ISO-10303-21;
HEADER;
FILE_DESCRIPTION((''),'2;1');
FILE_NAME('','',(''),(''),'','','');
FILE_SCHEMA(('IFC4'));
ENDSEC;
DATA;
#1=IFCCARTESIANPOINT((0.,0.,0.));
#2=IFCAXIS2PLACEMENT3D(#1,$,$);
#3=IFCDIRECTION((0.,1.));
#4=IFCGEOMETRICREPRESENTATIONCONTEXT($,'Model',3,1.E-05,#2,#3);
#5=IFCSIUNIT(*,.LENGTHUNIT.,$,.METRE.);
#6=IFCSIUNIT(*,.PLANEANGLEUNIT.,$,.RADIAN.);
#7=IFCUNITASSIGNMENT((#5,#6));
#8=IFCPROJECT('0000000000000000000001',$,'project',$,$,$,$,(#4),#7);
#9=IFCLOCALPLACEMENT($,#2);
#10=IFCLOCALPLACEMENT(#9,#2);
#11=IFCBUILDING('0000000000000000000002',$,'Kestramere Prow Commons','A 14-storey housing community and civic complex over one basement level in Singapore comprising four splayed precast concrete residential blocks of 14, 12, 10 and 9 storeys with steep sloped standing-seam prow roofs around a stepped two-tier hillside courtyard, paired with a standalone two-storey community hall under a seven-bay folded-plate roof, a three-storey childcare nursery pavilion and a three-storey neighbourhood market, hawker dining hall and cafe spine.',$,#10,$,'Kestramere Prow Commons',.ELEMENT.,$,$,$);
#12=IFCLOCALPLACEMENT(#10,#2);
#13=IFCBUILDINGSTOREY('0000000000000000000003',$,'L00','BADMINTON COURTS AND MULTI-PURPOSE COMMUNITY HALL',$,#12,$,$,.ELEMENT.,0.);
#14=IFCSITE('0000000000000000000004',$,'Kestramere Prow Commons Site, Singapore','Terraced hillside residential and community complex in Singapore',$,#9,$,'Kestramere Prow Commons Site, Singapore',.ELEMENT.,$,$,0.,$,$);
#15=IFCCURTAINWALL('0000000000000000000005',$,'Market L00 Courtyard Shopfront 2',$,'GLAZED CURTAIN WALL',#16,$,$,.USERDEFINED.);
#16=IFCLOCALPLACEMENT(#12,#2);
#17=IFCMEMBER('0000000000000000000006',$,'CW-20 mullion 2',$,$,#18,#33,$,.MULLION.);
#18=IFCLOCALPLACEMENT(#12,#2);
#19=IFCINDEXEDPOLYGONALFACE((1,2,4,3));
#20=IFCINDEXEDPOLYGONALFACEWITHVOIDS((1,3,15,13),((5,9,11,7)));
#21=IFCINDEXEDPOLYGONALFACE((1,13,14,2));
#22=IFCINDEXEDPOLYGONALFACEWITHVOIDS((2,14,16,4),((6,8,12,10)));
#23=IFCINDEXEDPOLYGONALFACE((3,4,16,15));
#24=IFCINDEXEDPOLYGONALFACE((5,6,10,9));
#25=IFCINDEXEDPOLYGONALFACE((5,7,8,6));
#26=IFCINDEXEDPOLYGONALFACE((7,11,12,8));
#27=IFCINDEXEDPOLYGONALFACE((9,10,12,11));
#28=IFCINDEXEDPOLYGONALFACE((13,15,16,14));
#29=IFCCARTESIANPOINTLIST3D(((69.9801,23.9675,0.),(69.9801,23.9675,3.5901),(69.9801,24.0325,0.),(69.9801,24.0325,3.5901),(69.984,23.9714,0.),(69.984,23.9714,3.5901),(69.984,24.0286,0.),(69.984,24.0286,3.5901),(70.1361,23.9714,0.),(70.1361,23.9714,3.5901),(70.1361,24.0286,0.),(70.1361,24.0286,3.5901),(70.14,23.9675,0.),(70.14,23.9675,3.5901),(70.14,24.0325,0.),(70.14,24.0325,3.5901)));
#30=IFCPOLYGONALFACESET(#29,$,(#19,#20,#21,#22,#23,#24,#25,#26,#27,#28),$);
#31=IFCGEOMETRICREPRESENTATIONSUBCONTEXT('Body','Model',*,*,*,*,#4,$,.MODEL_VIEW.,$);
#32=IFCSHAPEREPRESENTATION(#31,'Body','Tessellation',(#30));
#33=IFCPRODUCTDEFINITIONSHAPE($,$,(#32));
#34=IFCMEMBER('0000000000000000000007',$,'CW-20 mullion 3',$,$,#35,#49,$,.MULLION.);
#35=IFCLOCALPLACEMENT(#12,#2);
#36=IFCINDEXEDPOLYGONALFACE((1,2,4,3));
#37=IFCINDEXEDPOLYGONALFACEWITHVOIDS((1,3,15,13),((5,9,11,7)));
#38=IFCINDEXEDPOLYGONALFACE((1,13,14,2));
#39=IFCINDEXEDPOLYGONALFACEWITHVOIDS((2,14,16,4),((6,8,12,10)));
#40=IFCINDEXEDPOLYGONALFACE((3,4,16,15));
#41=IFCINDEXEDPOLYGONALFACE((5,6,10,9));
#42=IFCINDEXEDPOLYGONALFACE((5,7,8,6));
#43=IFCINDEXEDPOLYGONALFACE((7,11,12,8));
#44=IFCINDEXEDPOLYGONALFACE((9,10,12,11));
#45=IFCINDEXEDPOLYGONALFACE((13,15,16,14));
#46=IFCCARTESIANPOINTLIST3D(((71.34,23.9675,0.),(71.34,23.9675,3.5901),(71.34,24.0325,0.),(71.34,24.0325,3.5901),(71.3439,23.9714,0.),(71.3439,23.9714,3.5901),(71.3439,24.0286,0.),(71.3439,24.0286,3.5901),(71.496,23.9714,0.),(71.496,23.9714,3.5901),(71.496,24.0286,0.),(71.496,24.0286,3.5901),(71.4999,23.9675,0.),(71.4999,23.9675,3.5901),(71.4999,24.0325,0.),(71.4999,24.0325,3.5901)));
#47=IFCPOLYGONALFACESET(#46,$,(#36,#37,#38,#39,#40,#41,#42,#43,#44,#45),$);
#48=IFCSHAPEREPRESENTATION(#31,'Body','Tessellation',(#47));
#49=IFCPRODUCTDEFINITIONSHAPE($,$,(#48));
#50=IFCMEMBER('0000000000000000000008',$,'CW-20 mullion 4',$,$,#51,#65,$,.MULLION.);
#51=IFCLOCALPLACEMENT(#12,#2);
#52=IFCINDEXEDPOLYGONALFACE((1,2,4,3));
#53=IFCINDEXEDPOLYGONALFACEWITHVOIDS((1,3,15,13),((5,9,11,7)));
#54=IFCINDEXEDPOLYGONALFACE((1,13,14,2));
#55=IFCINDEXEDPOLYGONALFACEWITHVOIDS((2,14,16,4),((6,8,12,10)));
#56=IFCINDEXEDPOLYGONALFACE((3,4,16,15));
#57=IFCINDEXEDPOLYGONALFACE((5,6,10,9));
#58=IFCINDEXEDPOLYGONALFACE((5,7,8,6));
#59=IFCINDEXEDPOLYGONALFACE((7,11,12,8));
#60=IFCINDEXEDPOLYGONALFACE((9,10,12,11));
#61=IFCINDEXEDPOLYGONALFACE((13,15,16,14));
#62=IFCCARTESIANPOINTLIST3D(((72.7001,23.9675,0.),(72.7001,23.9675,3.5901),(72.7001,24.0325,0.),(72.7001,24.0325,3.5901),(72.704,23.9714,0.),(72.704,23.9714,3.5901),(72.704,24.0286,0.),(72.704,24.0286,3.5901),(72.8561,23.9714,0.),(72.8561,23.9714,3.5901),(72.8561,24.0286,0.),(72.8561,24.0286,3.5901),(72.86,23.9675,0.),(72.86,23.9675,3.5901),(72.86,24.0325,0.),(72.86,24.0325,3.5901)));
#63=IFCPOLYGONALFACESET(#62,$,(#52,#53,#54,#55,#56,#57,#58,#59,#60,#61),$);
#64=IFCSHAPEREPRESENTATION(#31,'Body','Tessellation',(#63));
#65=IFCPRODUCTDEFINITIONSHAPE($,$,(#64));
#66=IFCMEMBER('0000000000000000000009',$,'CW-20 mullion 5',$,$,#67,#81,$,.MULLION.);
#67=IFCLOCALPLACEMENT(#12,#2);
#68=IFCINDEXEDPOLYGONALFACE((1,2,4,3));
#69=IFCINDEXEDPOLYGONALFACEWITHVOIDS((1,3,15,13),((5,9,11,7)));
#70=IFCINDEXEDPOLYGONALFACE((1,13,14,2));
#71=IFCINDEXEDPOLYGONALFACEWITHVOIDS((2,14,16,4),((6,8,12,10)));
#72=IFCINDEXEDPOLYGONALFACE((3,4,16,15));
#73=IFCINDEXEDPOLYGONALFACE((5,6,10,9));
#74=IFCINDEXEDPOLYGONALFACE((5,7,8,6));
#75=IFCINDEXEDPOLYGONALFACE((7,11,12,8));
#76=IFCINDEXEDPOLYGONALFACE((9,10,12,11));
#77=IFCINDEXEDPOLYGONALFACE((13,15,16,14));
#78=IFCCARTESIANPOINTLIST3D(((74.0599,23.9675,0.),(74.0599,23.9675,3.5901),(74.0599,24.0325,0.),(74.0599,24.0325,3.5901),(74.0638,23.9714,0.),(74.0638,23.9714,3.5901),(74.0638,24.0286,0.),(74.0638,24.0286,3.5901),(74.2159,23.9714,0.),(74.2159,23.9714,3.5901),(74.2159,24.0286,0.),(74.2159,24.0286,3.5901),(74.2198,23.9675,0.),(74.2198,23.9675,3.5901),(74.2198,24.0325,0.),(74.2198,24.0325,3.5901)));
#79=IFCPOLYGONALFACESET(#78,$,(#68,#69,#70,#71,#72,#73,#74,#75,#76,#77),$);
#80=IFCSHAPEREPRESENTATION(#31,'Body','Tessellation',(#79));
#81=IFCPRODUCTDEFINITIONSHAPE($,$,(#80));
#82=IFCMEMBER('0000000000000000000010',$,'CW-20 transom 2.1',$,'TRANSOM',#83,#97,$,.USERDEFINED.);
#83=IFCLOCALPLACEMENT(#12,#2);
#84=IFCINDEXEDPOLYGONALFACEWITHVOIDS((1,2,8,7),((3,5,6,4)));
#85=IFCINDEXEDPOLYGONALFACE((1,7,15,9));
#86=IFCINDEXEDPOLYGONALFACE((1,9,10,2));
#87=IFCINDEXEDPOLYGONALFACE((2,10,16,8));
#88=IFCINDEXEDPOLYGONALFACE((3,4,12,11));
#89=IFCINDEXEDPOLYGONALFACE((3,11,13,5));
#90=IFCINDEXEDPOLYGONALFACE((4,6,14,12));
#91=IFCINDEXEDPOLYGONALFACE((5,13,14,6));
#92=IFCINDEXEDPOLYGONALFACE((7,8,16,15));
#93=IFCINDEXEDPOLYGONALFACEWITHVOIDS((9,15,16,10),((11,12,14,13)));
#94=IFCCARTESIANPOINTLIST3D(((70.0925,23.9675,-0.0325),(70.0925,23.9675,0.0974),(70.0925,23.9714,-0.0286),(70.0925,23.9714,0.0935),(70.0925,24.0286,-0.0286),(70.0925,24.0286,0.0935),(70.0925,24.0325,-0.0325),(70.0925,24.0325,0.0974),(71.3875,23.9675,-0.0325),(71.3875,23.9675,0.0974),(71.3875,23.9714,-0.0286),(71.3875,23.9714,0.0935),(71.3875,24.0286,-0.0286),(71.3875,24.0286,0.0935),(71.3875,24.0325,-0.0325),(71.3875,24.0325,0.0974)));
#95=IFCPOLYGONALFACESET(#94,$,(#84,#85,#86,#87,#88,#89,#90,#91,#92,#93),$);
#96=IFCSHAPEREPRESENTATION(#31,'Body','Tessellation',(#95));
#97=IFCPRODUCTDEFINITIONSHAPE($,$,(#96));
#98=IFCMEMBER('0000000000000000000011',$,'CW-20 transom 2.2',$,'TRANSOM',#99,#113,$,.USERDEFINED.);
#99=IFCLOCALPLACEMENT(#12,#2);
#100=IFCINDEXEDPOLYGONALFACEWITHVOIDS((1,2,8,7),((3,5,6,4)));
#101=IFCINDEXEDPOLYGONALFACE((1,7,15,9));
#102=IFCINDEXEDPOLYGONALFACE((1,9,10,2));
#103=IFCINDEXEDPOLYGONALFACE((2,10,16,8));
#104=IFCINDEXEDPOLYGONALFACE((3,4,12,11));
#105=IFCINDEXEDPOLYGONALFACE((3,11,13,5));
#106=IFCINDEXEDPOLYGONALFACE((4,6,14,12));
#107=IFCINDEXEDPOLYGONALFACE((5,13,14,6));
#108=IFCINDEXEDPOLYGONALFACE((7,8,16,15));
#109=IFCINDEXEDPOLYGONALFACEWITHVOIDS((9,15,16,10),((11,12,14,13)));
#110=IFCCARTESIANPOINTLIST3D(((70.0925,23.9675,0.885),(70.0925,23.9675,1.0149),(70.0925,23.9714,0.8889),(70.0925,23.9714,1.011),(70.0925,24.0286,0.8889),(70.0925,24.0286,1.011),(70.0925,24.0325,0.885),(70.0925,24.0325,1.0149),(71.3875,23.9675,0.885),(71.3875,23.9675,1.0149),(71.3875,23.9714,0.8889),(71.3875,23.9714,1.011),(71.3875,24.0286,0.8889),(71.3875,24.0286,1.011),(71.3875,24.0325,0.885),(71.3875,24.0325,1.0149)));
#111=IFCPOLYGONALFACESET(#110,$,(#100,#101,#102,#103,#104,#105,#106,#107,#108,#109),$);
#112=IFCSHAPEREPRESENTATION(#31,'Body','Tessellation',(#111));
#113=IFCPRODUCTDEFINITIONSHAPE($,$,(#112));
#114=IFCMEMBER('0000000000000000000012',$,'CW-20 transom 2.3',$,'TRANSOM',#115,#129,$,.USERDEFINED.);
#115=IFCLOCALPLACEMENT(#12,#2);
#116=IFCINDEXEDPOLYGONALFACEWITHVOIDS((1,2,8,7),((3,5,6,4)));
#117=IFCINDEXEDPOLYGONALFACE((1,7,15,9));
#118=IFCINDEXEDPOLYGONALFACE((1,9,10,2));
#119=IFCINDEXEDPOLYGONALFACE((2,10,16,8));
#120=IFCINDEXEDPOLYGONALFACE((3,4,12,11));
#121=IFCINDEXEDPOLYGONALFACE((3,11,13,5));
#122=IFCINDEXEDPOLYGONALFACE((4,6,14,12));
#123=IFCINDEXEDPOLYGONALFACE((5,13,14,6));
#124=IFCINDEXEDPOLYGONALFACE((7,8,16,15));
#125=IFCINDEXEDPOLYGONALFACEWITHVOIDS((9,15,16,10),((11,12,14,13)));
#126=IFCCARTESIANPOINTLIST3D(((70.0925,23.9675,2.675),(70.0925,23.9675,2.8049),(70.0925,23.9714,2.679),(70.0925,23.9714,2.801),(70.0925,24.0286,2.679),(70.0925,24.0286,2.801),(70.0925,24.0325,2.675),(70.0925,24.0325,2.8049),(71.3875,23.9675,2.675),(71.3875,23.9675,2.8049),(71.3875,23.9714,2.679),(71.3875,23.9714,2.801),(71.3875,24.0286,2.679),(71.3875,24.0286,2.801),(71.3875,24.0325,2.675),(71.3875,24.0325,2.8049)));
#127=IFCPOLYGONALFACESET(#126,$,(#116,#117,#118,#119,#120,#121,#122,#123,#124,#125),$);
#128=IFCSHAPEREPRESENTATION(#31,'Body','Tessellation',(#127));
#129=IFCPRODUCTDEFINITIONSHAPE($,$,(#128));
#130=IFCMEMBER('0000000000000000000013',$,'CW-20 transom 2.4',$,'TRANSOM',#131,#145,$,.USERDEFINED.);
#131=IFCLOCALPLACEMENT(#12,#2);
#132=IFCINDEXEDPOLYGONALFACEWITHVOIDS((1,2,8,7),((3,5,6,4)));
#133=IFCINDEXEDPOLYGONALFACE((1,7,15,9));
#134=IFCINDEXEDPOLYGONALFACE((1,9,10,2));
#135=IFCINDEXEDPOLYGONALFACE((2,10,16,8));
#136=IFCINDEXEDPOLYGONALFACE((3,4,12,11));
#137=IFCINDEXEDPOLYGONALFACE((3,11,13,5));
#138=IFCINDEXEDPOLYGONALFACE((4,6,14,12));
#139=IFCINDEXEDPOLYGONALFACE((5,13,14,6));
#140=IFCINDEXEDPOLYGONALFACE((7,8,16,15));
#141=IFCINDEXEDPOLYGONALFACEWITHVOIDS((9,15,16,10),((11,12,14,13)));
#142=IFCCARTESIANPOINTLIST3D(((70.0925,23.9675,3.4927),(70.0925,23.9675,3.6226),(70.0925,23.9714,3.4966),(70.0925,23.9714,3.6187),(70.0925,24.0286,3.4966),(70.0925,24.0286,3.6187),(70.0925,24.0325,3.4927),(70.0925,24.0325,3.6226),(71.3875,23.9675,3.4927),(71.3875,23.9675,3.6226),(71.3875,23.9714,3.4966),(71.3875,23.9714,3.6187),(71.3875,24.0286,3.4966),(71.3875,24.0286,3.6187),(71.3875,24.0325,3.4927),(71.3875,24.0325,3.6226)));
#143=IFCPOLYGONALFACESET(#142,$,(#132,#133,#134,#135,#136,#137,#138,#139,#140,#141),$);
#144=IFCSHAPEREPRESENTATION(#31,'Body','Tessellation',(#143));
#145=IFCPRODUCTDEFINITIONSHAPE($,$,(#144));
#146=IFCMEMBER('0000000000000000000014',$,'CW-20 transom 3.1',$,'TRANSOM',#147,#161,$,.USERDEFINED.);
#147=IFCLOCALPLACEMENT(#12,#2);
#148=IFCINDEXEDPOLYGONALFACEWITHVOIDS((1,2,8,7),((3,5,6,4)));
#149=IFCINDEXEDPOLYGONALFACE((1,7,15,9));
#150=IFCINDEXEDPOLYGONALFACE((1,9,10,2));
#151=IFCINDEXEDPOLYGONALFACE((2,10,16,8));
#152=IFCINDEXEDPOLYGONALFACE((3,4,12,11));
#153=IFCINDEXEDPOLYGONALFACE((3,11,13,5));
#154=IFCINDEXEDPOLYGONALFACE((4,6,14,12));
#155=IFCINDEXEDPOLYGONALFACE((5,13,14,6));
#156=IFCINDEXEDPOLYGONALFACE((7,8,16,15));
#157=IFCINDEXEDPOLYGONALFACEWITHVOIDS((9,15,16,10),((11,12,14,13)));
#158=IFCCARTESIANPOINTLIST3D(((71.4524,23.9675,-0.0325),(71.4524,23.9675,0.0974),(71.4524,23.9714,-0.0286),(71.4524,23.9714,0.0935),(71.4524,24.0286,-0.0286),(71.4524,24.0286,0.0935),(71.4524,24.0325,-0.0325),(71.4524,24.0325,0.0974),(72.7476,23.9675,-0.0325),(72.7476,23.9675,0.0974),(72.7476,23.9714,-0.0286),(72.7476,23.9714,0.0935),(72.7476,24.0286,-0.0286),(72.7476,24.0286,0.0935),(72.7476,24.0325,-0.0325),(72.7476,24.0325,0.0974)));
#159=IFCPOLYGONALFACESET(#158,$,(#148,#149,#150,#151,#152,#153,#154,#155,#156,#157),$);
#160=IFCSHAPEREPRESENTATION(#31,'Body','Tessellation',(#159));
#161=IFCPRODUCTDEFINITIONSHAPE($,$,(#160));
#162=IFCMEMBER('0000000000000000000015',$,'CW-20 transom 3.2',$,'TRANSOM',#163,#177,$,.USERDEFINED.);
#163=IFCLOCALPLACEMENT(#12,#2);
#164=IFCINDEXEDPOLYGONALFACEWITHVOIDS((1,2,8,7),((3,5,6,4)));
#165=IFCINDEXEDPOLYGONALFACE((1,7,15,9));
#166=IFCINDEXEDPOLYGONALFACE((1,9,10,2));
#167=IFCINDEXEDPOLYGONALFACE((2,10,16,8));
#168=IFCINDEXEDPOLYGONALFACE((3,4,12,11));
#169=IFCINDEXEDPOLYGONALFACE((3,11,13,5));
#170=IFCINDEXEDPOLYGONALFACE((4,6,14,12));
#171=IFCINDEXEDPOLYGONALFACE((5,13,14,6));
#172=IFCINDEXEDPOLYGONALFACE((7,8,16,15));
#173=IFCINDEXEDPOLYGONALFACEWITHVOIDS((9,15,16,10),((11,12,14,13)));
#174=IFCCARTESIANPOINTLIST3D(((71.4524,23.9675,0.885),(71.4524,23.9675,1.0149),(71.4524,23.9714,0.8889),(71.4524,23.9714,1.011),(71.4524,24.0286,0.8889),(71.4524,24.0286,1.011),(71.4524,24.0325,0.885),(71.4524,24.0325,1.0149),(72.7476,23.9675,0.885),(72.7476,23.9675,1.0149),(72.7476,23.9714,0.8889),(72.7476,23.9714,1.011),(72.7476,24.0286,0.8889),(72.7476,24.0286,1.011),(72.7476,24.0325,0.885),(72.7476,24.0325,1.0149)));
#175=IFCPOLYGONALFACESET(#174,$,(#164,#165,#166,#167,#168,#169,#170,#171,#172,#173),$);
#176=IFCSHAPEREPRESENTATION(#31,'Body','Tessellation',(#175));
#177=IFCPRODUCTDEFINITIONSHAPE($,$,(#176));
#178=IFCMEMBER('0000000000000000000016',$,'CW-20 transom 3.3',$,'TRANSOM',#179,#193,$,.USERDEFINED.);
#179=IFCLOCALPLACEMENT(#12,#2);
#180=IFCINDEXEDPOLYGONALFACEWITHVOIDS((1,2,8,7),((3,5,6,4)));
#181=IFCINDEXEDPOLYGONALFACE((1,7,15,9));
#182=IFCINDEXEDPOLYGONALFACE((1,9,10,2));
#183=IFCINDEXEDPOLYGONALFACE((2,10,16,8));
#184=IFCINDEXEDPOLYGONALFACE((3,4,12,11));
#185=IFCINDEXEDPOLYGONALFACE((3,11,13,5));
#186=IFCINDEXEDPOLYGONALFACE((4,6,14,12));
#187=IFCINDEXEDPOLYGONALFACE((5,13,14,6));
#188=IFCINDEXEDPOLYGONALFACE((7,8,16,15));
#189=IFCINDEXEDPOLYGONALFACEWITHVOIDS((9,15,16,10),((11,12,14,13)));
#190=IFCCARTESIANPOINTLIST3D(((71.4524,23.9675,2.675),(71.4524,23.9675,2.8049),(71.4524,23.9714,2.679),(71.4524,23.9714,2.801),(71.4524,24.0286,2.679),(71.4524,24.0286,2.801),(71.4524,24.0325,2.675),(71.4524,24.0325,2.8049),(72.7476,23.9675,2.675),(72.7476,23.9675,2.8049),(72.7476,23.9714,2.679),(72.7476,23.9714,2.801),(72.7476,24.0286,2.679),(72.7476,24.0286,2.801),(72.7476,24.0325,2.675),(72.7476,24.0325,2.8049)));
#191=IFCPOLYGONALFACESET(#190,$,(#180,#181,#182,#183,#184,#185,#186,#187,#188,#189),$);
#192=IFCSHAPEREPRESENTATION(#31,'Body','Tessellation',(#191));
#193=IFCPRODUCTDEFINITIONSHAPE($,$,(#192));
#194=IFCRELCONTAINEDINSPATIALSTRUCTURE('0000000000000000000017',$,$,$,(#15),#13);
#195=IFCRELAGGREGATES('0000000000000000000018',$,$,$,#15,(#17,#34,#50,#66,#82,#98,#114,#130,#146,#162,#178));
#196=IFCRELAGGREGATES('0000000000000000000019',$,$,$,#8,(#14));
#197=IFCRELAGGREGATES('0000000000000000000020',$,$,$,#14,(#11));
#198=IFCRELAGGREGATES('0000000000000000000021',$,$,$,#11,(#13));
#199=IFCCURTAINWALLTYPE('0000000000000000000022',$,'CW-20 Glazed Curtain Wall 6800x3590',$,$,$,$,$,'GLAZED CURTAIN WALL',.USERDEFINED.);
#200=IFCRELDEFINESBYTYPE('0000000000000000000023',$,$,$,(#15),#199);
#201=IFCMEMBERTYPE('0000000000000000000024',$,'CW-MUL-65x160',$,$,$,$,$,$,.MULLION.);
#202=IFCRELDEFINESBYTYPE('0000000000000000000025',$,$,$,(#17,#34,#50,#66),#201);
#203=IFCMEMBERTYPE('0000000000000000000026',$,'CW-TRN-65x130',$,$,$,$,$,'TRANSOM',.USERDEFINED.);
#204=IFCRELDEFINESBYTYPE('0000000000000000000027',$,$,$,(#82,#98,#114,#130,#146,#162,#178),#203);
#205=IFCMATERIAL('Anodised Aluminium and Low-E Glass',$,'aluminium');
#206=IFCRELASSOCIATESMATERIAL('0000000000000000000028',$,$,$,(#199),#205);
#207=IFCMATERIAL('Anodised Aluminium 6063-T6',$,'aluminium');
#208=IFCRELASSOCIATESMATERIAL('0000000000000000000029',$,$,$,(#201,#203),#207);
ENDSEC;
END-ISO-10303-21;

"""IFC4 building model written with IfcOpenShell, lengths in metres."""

from ifc_helpers import new_model, si_unit, direction, frame, origin, origin_2d, place, context, subcontext, project, spatial, hollow_rectangle, extrude, material, material_profile, profile_set, type_object, element, aggregate, save


model = new_model("IFC4")

# Units and contexts
model_context = context("Model", 3, precision=1e-05, world=origin(), true_north=direction((0.0, 1.0)))
body_context = subcontext(model_context, "Body", "Model", "MODEL_VIEW")
ifc_project = project(units=[si_unit("LENGTHUNIT", "METRE"), si_unit("PLANEANGLEUNIT", "RADIAN")], contexts=[model_context])

# Site, building, storey
site_placement = place(None, origin())
site = spatial("IfcSite", under=ifc_project, at=site_placement, Name="Kestramere Prow Commons Site, Singapore", Description="Terraced hillside residential and community complex in Singapore", LongName="Kestramere Prow Commons Site, Singapore", CompositionType="ELEMENT", RefElevation=0.0)
building_placement = place(site_placement, origin())
building = spatial("IfcBuilding", under=site, at=building_placement, Name="Kestramere Prow Commons", Description="A 14-storey housing community and civic complex over one basement level in Singapore comprising four splayed precast concrete residential blocks of 14, 12, 10 and 9 storeys with steep sloped standing-seam prow roofs around a stepped two-tier hillside courtyard, paired with a standalone two-storey community hall under a seven-bay folded-plate roof, a three-storey childcare nursery pavilion and a three-storey neighbourhood market, hawker dining hall and cafe spine.", LongName="Kestramere Prow Commons", CompositionType="ELEMENT")
storey_placement = place(building_placement, origin())
storey = spatial("IfcBuildingStorey", under=building, at=storey_placement, Name="L00", Description="BADMINTON COURTS AND MULTI-PURPOSE COMMUNITY HALL", CompositionType="ELEMENT", Elevation=0.0)

# Curtain wall, members
ifc_material_1 = material(Name="Anodised Aluminium and Low-E Glass", Category="aluminium")
curtain_wall_type = type_object("IfcCurtainWallType", Name="CW-20 Glazed Curtain Wall 6800x3590", ElementType="GLAZED CURTAIN WALL", PredefinedType="USERDEFINED", material=ifc_material_1)
curtain_wall_placement = place(storey_placement, origin())
curtain_wall = element("IfcCurtainWall", 1, at=curtain_wall_placement, inside=storey, type_object=curtain_wall_type, Name="Market L00 Courtyard Shopfront 2", ObjectType="GLAZED CURTAIN WALL", PredefinedType="USERDEFINED")
ifc_material_2 = material(Name="Anodised Aluminium 6063-T6", Category="aluminium")
ifc_material_profile_1 = material_profile(ifc_material_2, hollow_rectangle(XDim=0.0649, YDim=0.1599, WallThickness=0.0039, at=origin_2d()), Name="ALU-MUL 65x160")
ifc_profile_set_1 = profile_set([ifc_material_profile_1], Name="Anodised Aluminium 6063-T6")
member_type_1 = type_object("IfcMemberType", Name="CW-MUL-65x160", PredefinedType="MULLION", material=ifc_profile_set_1)
member_1_placement = place(storey_placement, frame((70.0601, 24.0, 0.0), z_axis=(0.0, 0.0, 1.0), x_axis=(0.0, 1.0, 0.0)))
member_1 = element("IfcMember", 2, at=member_1_placement, type_object=member_type_1, Name="CW-20 mullion 2", PredefinedType="MULLION", context=body_context, shape_type="SweptSolid", body=[
    extrude(hollow_rectangle(XDim=0.0649, YDim=0.1599, WallThickness=0.0039, at=origin_2d()), origin(), (0.0, 0.0, 1.0), 3.5901),
])
member_2_placement = place(storey_placement, frame((71.4199, 24.0, 0.0), z_axis=(0.0, 0.0, 1.0), x_axis=(0.0, 1.0, 0.0)))
member_2 = element("IfcMember", 3, at=member_2_placement, type_object=member_type_1, Name="CW-20 mullion 3", PredefinedType="MULLION", context=body_context, shape_type="SweptSolid", body=[
    extrude(hollow_rectangle(XDim=0.0649, YDim=0.1599, WallThickness=0.0039, at=origin_2d()), origin(), (0.0, 0.0, 1.0), 3.5901),
])
member_3_placement = place(storey_placement, frame((72.78, 24.0, 0.0), z_axis=(0.0, 0.0, 1.0), x_axis=(0.0, 1.0, 0.0)))
member_3 = element("IfcMember", 4, at=member_3_placement, type_object=member_type_1, Name="CW-20 mullion 4", PredefinedType="MULLION", context=body_context, shape_type="SweptSolid", body=[
    extrude(hollow_rectangle(XDim=0.0649, YDim=0.1599, WallThickness=0.0039, at=origin_2d()), origin(), (0.0, 0.0, 1.0), 3.5901),
])
member_4_placement = place(storey_placement, frame((74.1399, 24.0, 0.0), z_axis=(0.0, 0.0, 1.0), x_axis=(0.0, 1.0, 0.0)))
member_4 = element("IfcMember", 5, at=member_4_placement, type_object=member_type_1, Name="CW-20 mullion 5", PredefinedType="MULLION", context=body_context, shape_type="SweptSolid", body=[
    extrude(hollow_rectangle(XDim=0.0649, YDim=0.1599, WallThickness=0.0039, at=origin_2d()), origin(), (0.0, 0.0, 1.0), 3.5901),
])
ifc_material_profile_2 = material_profile(ifc_material_2, hollow_rectangle(XDim=0.0649, YDim=0.1299, WallThickness=0.0039, at=origin_2d()), Name="ALU-TRN 65x130")
ifc_profile_set_2 = profile_set([ifc_material_profile_2], Name="Anodised Aluminium 6063-T6")
member_type_2 = type_object("IfcMemberType", Name="CW-TRN-65x130", ElementType="TRANSOM", PredefinedType="USERDEFINED", material=ifc_profile_set_2)
member_5_placement = place(storey_placement, frame((70.0925, 24.0, 0.0325), z_axis=(1.0, 0.0, 0.0), x_axis=(0.0, 1.0, 0.0)))
member_5 = element("IfcMember", 6, at=member_5_placement, type_object=member_type_2, Name="CW-20 transom 2.1", ObjectType="TRANSOM", PredefinedType="USERDEFINED", context=body_context, shape_type="SweptSolid", body=[
    extrude(hollow_rectangle(XDim=0.0649, YDim=0.1299, WallThickness=0.0039, at=origin_2d()), origin(), (0.0, 0.0, 1.0), 1.2949),
])
member_6_placement = place(storey_placement, frame((70.0925, 24.0, 0.95), z_axis=(1.0, 0.0, 0.0), x_axis=(0.0, 1.0, 0.0)))
member_6 = element("IfcMember", 7, at=member_6_placement, type_object=member_type_2, Name="CW-20 transom 2.2", ObjectType="TRANSOM", PredefinedType="USERDEFINED", context=body_context, shape_type="SweptSolid", body=[
    extrude(hollow_rectangle(XDim=0.0649, YDim=0.1299, WallThickness=0.0039, at=origin_2d()), origin(), (0.0, 0.0, 1.0), 1.2949),
])
member_7_placement = place(storey_placement, frame((70.0925, 24.0, 2.74), z_axis=(1.0, 0.0, 0.0), x_axis=(0.0, 1.0, 0.0)))
member_7 = element("IfcMember", 8, at=member_7_placement, type_object=member_type_2, Name="CW-20 transom 2.3", ObjectType="TRANSOM", PredefinedType="USERDEFINED", context=body_context, shape_type="SweptSolid", body=[
    extrude(hollow_rectangle(XDim=0.0649, YDim=0.1299, WallThickness=0.0039, at=origin_2d()), origin(), (0.0, 0.0, 1.0), 1.2949),
])
member_8_placement = place(storey_placement, frame((70.0925, 24.0, 3.5576), z_axis=(1.0, 0.0, 0.0), x_axis=(0.0, 1.0, 0.0)))
member_8 = element("IfcMember", 9, at=member_8_placement, type_object=member_type_2, Name="CW-20 transom 2.4", ObjectType="TRANSOM", PredefinedType="USERDEFINED", context=body_context, shape_type="SweptSolid", body=[
    extrude(hollow_rectangle(XDim=0.0649, YDim=0.1299, WallThickness=0.0039, at=origin_2d()), origin(), (0.0, 0.0, 1.0), 1.2949),
])
member_9_placement = place(storey_placement, frame((71.4524, 24.0, 0.0325), z_axis=(1.0, 0.0, 0.0), x_axis=(0.0, 1.0, 0.0)))
member_9 = element("IfcMember", 10, at=member_9_placement, type_object=member_type_2, Name="CW-20 transom 3.1", ObjectType="TRANSOM", PredefinedType="USERDEFINED", context=body_context, shape_type="SweptSolid", body=[
    extrude(hollow_rectangle(XDim=0.0649, YDim=0.1299, WallThickness=0.0039, at=origin_2d()), origin(), (0.0, 0.0, 1.0), 1.2952),
])
member_10_placement = place(storey_placement, frame((71.4524, 24.0, 0.95), z_axis=(1.0, 0.0, 0.0), x_axis=(0.0, 1.0, 0.0)))
member_10 = element("IfcMember", 11, at=member_10_placement, type_object=member_type_2, Name="CW-20 transom 3.2", ObjectType="TRANSOM", PredefinedType="USERDEFINED", context=body_context, shape_type="SweptSolid", body=[
    extrude(hollow_rectangle(XDim=0.0649, YDim=0.1299, WallThickness=0.0039, at=origin_2d()), origin(), (0.0, 0.0, 1.0), 1.2952),
])
member_11_placement = place(storey_placement, frame((71.4524, 24.0, 2.74), z_axis=(1.0, 0.0, 0.0), x_axis=(0.0, 1.0, 0.0)))
member_11 = element("IfcMember", 12, at=member_11_placement, type_object=member_type_2, Name="CW-20 transom 3.3", ObjectType="TRANSOM", PredefinedType="USERDEFINED", context=body_context, shape_type="SweptSolid", body=[
    extrude(hollow_rectangle(XDim=0.0649, YDim=0.1299, WallThickness=0.0039, at=origin_2d()), origin(), (0.0, 0.0, 1.0), 1.2952),
])
aggregate(curtain_wall, [member_1, member_2, member_3, member_4, member_5, member_6, member_7, member_8, member_9, member_10, member_11])

save(model, "model.ifc")
